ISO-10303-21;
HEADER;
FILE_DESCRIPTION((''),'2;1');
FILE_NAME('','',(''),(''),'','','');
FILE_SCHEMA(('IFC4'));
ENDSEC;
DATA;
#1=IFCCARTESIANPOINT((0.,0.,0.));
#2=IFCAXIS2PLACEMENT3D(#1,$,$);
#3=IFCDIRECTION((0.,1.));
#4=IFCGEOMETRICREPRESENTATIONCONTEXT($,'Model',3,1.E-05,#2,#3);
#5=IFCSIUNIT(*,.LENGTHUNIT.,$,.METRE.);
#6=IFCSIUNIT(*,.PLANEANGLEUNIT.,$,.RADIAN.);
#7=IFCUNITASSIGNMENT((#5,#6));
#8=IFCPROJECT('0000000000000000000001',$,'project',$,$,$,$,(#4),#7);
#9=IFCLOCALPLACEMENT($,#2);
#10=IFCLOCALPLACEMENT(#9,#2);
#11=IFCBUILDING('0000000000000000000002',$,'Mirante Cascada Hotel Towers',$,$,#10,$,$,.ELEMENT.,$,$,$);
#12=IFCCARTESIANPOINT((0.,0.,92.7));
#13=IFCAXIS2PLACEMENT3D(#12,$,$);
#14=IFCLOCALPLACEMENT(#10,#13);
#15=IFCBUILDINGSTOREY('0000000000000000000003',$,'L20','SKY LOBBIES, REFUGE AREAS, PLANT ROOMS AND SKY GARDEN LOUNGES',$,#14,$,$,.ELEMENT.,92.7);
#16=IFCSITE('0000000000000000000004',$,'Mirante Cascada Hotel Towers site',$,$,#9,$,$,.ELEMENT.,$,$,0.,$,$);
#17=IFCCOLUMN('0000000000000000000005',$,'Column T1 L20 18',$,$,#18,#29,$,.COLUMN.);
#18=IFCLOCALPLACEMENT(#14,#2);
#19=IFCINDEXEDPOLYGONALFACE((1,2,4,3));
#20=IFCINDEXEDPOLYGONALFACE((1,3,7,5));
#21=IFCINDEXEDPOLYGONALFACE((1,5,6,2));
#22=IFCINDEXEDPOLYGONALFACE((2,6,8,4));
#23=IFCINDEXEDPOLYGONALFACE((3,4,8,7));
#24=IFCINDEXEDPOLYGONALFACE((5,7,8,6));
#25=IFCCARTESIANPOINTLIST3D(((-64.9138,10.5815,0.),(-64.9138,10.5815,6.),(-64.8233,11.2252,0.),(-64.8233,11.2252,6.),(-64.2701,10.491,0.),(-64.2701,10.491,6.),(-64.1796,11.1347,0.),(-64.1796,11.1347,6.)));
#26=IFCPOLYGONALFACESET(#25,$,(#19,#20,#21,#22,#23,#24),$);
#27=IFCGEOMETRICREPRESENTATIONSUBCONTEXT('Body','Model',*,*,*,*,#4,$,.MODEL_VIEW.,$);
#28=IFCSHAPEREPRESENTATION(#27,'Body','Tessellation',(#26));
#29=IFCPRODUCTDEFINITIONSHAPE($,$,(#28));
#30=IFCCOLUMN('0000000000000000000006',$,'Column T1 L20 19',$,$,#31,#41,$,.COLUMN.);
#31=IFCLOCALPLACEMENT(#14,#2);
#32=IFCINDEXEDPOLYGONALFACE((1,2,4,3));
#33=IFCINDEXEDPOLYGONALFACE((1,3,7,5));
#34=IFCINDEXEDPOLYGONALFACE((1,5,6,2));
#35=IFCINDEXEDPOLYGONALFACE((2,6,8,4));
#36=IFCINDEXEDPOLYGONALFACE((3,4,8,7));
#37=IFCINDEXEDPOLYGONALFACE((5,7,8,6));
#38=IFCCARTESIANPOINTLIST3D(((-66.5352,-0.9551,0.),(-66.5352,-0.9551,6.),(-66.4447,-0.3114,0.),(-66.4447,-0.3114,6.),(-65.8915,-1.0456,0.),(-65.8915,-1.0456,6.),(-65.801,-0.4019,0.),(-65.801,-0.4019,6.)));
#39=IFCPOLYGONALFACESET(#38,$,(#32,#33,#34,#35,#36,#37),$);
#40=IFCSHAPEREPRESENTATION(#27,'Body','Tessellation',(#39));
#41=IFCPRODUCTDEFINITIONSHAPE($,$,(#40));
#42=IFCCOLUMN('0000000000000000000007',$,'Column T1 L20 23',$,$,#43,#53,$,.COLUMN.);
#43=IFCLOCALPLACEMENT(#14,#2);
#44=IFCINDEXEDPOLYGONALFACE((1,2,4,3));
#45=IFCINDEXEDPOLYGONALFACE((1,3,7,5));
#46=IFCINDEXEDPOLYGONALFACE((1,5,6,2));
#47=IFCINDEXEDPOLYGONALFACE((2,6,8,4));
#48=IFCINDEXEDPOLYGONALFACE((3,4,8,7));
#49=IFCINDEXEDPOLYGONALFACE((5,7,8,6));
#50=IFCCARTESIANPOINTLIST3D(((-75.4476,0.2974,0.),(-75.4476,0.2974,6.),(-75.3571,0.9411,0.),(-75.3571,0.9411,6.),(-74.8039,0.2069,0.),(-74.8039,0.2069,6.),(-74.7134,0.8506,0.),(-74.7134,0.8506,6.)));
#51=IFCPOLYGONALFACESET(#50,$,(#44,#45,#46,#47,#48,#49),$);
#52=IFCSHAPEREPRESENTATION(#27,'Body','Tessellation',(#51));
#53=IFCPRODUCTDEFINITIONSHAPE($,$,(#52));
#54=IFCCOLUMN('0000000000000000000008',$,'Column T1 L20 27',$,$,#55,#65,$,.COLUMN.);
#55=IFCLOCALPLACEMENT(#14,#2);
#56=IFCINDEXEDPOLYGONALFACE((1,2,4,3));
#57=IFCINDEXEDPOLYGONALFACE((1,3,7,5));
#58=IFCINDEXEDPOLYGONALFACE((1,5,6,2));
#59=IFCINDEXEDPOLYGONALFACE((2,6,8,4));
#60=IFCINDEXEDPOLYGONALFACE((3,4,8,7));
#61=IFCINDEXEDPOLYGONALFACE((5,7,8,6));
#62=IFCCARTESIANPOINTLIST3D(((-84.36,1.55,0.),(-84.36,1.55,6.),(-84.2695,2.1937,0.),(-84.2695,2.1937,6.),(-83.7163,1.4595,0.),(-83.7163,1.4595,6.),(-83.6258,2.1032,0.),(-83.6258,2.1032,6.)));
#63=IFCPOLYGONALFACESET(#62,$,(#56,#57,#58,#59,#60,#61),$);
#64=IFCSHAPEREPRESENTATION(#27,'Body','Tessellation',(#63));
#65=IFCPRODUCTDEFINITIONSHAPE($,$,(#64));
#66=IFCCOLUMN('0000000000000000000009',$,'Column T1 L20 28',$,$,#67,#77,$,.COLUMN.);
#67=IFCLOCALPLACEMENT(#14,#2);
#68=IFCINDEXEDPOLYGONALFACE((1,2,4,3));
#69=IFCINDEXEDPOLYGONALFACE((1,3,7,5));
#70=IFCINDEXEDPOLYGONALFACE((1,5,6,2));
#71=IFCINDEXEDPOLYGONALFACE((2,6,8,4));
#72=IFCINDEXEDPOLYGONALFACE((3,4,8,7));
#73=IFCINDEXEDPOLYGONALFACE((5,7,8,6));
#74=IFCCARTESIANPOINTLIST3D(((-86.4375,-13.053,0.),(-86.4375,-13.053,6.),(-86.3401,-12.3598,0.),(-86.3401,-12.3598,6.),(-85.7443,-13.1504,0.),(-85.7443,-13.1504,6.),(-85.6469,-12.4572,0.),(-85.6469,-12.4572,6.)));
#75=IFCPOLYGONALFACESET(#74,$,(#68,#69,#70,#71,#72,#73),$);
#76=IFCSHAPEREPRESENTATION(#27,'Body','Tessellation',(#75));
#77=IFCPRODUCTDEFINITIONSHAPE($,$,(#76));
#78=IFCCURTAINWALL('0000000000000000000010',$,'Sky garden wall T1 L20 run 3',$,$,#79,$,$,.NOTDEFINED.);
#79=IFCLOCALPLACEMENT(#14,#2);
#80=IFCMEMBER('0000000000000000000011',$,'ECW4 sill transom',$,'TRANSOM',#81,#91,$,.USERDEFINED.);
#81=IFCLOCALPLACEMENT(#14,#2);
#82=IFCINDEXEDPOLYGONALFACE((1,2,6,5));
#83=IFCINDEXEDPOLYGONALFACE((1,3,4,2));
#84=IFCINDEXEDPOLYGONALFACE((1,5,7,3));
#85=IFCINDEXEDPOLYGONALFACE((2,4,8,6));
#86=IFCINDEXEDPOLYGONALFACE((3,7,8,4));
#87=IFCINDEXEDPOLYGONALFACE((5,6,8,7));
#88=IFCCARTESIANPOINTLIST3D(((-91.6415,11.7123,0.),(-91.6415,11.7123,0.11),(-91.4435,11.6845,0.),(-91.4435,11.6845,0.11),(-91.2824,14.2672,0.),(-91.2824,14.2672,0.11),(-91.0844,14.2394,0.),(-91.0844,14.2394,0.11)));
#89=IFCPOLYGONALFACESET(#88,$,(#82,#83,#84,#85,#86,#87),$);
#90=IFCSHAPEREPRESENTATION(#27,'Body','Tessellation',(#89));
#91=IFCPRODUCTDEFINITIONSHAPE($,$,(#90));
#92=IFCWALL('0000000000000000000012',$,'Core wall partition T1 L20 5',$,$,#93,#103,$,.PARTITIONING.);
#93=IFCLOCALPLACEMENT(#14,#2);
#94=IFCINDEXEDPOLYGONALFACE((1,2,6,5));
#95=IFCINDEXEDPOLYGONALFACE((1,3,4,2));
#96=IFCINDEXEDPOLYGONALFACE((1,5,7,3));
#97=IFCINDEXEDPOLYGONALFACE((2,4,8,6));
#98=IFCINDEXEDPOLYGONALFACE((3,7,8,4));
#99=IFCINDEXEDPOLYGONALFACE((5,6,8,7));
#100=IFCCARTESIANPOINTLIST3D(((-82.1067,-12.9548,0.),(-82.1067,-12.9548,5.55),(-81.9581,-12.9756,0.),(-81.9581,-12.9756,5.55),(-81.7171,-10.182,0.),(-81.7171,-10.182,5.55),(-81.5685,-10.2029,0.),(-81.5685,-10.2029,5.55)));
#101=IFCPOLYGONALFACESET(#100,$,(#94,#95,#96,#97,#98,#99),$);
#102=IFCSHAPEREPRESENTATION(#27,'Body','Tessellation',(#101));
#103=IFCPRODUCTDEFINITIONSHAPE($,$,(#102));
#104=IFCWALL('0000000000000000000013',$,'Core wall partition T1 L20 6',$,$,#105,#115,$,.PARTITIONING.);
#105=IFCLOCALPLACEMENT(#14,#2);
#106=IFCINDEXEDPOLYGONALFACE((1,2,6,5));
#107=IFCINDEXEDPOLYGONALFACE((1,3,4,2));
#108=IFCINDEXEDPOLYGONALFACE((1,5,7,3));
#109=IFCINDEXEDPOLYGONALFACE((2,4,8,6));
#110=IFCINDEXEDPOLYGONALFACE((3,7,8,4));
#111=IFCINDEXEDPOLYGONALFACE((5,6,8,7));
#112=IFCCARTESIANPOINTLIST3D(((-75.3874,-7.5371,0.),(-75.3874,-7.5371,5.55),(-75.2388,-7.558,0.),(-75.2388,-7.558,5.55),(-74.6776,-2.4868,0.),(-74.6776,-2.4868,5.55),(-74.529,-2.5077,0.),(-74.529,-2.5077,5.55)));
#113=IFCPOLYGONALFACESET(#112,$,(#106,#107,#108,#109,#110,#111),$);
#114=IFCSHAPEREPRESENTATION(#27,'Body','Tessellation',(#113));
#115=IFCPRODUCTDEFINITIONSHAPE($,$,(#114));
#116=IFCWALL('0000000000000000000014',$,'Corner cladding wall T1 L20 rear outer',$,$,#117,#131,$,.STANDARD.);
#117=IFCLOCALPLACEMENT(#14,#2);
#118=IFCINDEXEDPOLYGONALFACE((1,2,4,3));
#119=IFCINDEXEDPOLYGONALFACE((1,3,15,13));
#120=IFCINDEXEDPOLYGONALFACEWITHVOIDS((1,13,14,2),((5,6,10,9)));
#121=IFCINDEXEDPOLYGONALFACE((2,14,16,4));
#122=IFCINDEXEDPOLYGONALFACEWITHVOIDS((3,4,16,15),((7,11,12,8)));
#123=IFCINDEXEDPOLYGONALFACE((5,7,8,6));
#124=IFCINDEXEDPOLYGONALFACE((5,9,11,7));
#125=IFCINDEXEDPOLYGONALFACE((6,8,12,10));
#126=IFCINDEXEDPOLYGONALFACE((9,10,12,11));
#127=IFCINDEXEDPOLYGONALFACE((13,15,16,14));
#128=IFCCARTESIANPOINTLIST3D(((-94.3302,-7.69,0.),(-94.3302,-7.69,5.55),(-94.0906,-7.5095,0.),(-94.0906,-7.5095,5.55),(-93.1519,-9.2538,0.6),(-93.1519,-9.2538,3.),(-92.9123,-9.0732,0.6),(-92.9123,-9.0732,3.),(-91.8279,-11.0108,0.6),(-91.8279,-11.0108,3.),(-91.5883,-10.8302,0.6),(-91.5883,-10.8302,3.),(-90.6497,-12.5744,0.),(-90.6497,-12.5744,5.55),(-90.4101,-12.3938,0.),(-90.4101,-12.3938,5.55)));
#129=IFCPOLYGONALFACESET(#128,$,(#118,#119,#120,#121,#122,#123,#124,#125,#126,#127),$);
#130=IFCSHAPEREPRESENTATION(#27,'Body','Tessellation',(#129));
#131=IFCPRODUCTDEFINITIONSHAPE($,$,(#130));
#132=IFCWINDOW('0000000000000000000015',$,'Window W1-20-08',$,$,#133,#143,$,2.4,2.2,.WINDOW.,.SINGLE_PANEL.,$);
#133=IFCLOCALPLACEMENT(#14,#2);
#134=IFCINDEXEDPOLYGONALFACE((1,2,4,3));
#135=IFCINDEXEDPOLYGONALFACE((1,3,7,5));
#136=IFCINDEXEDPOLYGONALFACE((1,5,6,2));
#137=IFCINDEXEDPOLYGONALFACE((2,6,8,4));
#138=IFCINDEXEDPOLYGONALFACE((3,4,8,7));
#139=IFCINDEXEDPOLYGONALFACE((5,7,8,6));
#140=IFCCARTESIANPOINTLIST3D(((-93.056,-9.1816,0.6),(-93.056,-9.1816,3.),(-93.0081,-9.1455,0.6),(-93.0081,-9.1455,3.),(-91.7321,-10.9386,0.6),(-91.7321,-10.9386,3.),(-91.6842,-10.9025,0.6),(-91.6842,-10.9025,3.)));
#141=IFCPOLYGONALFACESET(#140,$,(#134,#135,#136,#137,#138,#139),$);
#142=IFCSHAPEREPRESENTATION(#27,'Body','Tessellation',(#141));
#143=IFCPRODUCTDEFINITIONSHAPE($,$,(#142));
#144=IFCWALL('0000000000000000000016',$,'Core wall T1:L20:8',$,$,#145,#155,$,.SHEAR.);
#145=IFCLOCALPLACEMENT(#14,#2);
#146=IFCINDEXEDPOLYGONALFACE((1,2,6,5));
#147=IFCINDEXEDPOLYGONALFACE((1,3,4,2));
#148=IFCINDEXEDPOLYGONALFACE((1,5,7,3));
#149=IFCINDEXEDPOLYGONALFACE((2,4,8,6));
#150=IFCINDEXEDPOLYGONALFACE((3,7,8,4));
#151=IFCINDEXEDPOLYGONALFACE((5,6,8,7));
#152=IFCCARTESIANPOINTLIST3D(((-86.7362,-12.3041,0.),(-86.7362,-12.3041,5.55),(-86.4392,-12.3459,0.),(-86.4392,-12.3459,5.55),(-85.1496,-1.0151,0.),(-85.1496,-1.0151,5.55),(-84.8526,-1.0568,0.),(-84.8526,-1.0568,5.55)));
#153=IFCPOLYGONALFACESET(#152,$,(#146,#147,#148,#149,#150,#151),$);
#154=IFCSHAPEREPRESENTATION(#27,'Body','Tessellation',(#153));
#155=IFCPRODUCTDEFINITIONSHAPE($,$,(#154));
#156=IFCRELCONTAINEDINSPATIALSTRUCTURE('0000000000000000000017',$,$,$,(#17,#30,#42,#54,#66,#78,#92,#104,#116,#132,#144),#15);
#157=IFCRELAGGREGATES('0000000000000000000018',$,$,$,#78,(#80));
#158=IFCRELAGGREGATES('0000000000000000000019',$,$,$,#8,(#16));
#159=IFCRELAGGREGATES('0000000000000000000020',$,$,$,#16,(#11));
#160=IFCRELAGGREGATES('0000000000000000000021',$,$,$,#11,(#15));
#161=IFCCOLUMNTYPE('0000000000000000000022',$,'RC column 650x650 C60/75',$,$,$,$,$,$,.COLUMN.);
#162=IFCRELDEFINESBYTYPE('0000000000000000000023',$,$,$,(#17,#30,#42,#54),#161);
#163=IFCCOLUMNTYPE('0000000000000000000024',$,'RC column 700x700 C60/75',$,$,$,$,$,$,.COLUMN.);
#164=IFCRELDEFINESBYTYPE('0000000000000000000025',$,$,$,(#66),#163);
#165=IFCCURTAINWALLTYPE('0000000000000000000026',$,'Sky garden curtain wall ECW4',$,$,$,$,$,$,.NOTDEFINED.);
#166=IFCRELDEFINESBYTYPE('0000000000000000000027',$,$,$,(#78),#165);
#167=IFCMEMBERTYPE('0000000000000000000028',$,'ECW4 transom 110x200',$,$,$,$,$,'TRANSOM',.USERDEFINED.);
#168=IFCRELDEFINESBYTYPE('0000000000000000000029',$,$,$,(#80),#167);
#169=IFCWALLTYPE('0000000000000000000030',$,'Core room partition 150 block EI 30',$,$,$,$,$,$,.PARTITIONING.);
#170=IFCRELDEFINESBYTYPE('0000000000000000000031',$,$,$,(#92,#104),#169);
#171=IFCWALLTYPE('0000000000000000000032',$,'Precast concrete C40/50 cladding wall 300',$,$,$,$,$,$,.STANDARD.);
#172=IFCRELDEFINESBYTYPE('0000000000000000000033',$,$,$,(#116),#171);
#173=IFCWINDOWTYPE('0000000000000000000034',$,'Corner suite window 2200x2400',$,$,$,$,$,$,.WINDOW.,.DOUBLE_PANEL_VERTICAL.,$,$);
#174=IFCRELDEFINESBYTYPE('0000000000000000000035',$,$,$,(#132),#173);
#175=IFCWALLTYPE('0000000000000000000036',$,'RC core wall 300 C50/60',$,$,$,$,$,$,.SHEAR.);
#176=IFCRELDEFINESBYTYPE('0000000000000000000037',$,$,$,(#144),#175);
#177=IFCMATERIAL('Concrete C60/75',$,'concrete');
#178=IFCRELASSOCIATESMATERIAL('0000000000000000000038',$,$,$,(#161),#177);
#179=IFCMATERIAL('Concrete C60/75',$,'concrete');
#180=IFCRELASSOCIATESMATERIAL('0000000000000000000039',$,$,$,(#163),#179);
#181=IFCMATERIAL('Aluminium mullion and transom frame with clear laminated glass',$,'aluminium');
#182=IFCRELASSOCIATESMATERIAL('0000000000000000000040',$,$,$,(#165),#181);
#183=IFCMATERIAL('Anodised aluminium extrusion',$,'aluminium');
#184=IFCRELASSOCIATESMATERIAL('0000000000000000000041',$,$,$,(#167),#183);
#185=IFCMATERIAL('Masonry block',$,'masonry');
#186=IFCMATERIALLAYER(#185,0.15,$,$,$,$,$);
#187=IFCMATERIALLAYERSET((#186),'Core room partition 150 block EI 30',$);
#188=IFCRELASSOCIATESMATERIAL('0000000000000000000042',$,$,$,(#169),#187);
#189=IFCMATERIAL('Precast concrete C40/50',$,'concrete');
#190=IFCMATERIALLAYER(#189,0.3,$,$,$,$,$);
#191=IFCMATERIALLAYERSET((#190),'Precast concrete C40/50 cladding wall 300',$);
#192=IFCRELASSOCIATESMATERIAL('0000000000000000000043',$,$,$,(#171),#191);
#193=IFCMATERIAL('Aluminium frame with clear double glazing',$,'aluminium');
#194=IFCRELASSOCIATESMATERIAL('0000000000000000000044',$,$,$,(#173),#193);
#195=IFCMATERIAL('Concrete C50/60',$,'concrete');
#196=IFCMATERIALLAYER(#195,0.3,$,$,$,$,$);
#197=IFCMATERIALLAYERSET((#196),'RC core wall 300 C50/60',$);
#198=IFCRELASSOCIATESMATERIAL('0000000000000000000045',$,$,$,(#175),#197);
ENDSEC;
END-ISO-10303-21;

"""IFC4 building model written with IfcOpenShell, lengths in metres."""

from ifc_helpers import new_model, si_unit, direction, frame, frame_2d, origin, origin_2d, place, context, subcontext, project, spatial, rectangle, extrude, material, layer, layer_set, material_profile, profile_set, type_object, element, fill, aggregate, save


model = new_model("IFC4")

# Units and contexts
model_context = context("Model", 3, precision=1e-05, world=origin(), true_north=direction((0.0, 1.0)))
body_context = subcontext(model_context, "Body", "Model", "MODEL_VIEW")
ifc_project = project(units=[si_unit("LENGTHUNIT", "METRE"), si_unit("PLANEANGLEUNIT", "RADIAN")], contexts=[model_context])

# Site, building, storey
site_placement = place(None, origin())
site = spatial("IfcSite", under=ifc_project, at=site_placement, Name="Mirante Cascada Hotel Towers site", CompositionType="ELEMENT", RefElevation=0.0)
building_placement = place(site_placement, origin())
building = spatial("IfcBuilding", under=site, at=building_placement, Name="Mirante Cascada Hotel Towers", CompositionType="ELEMENT")
storey_placement = place(building_placement, frame((0.0, 0.0, 92.7)))
storey = spatial("IfcBuildingStorey", under=building, at=storey_placement, Name="L20", Description="SKY LOBBIES, REFUGE AREAS, PLANT ROOMS AND SKY GARDEN LOUNGES", CompositionType="ELEMENT", Elevation=92.7)

# Columns
ifc_material_1 = material(Name="Concrete C60/75", Category="concrete")
ifc_material_profile_1 = material_profile(ifc_material_1, rectangle(XDim=0.65, YDim=0.65, at=origin_2d()), Name="RC column 650x650 C60/75")
ifc_profile_set_1 = profile_set([ifc_material_profile_1], Name="Concrete C60/75")
column_type_1 = type_object("IfcColumnType", Name="RC column 650x650 C60/75", PredefinedType="COLUMN", material=ifc_profile_set_1)
for number, where, z_axis, x_axis, name in (
    (1, (-64.5467, 10.8581, 0.0), (0.0, 0.0, 1.0), (-0.990268, 0.139173, 0.0), "Column T1 L20 18"),
    (2, (-66.1681, -0.6785, 0.0), (0.0, 0.0, 1.0), (-0.990268, 0.139173, 0.0), "Column T1 L20 19"),
    (3, (-75.0805, 0.574, 0.0), (0.0, 0.0, 1.0), (-0.990268, 0.139173, 0.0), "Column T1 L20 23"),
    (4, (-83.9929, 1.8266, 0.0), (0.0, 0.0, 1.0), (-0.990268, 0.139173, 0.0), "Column T1 L20 27"),
):
    element("IfcColumn", number, at=place(storey_placement, frame(where, z_axis=z_axis, x_axis=x_axis)), inside=storey, type_object=column_type_1, Name=name, PredefinedType="COLUMN", context=body_context, shape_type="SweptSolid", body=[
        extrude(rectangle(XDim=0.65, YDim=0.65, at=origin_2d()), origin(), (0.0, 0.0, 1.0), 6.0),
    ])
ifc_material_2 = material(Name="Concrete C60/75", Category="concrete")
ifc_material_profile_2 = material_profile(ifc_material_2, rectangle(XDim=0.7, YDim=0.7, at=origin_2d()), Name="RC column 700x700 C60/75")
ifc_profile_set_2 = profile_set([ifc_material_profile_2], Name="Concrete C60/75")
column_type_2 = type_object("IfcColumnType", Name="RC column 700x700 C60/75", PredefinedType="COLUMN", material=ifc_profile_set_2)
column_placement = place(storey_placement, frame((-86.0422, -12.7551, 0.0), z_axis=(0.0, 0.0, 1.0), x_axis=(-0.990268, 0.139173, 0.0)))
element("IfcColumn", 5, at=column_placement, inside=storey, type_object=column_type_2, Name="Column T1 L20 28", PredefinedType="COLUMN", context=body_context, shape_type="SweptSolid", body=[
    extrude(rectangle(XDim=0.7, YDim=0.7, at=origin_2d()), origin(), (0.0, 0.0, 1.0), 6.0),
])

# Curtain wall, member
ifc_material_3 = material(Name="Aluminium mullion and transom frame with clear laminated glass", Category="aluminium")
curtain_wall_type = type_object("IfcCurtainWallType", Name="Sky garden curtain wall ECW4", PredefinedType="NOTDEFINED", material=ifc_material_3)
curtain_wall_placement = place(storey_placement, origin())
curtain_wall = element("IfcCurtainWall", 6, at=curtain_wall_placement, inside=storey, type_object=curtain_wall_type, Name="Sky garden wall T1 L20 run 3", PredefinedType="NOTDEFINED")
ifc_material_4 = material(Name="Anodised aluminium extrusion", Category="aluminium")
ifc_material_profile_3 = material_profile(ifc_material_4, rectangle(XDim=0.2, YDim=0.11, at=origin_2d()), Name="ECW4 TRANSOM 110x200")
ifc_profile_set_3 = profile_set([ifc_material_profile_3], Name="Anodised aluminium extrusion")
member_type = type_object("IfcMemberType", Name="ECW4 transom 110x200", ElementType="TRANSOM", PredefinedType="USERDEFINED", material=ifc_profile_set_3)
member_placement = place(storey_placement, frame((-91.5425, 11.6984, 0.055), z_axis=(0.139185, 0.990266, 0.0), x_axis=(-0.990266, 0.139185, 0.0)))
member = element("IfcMember", 7, at=member_placement, type_object=member_type, Name="ECW4 sill transom", ObjectType="TRANSOM", PredefinedType="USERDEFINED", context=body_context, shape_type="SweptSolid", body=[
    extrude(rectangle(XDim=0.2, YDim=0.11, at=origin_2d()), origin(), (0.0, 0.0, 1.0), 2.58),
])
aggregate(curtain_wall, [member])

# Walls
ifc_material_5 = material(Name="Masonry block", Category="masonry")
ifc_layer_1 = layer(ifc_material_5, 0.15)
ifc_layer_set_1 = layer_set([ifc_layer_1], Name="Core room partition 150 block EI 30")
wall_type_1 = type_object("IfcWallType", Name="Core room partition 150 block EI 30", PredefinedType="PARTITIONING", material=ifc_layer_set_1)
wall_1_placement = place(storey_placement, frame((-82.0324, -12.9652, 0.0), z_axis=(0.0, 0.0, 1.0), x_axis=(0.139141, 0.990273, 0.0)))
element("IfcWall", 8, at=wall_1_placement, inside=storey, type_object=wall_type_1, Name="Core wall partition T1 L20 5", PredefinedType="PARTITIONING", context=body_context, shape_type="SweptSolid", body=[
    extrude(rectangle(XDim=2.8, YDim=0.15, at=frame_2d((1.4, 0.0))), origin(), (0.0, 0.0, 1.0), 5.55),
])
wall_2_placement = place(storey_placement, frame((-75.3131, -7.5476, 0.0), z_axis=(0.0, 0.0, 1.0), x_axis=(0.139178, 0.990267, 0.0)))
element("IfcWall", 9, at=wall_2_placement, inside=storey, type_object=wall_type_1, Name="Core wall partition T1 L20 6", PredefinedType="PARTITIONING", context=body_context, shape_type="SweptSolid", body=[
    extrude(rectangle(XDim=5.0999, YDim=0.15, at=frame_2d((2.55, 0.0))), origin(), (0.0, 0.0, 1.0), 5.55),
])

# Wall, opening, window
ifc_material_6 = material(Name="Precast concrete C40/50", Category="concrete")
ifc_layer_2 = layer(ifc_material_6, 0.3)
ifc_layer_set_2 = layer_set([ifc_layer_2], Name="Precast concrete C40/50 cladding wall 300")
wall_type_2 = type_object("IfcWallType", Name="Precast concrete C40/50 cladding wall 300", PredefinedType="STANDARD", material=ifc_layer_set_2)
wall_3_placement = place(storey_placement, frame((-90.5299, -12.4841, 0.0), z_axis=(0.0, 0.0, 1.0), x_axis=(-0.601806, 0.798642, 0.0)))
wall_3 = element("IfcWall", 10, at=wall_3_placement, inside=storey, type_object=wall_type_2, Name="Corner cladding wall T1 L20 rear outer", PredefinedType="STANDARD", context=body_context, shape_type="SweptSolid", body=[
    extrude(rectangle(XDim=6.1158, YDim=0.3, at=frame_2d((3.0579, 0.0))), origin(), (0.0, 0.0, 1.0), 5.55),
])
opening_1_placement = place(wall_3_placement, frame((1.9578, 0.0, 0.6)))
opening_1 = element("IfcOpeningElement", 11, at=opening_1_placement, cuts=wall_3, PredefinedType="OPENING", context=body_context, shape_type="SweptSolid", body=[
    extrude(rectangle(XDim=2.2, YDim=2.4, at=frame_2d((1.1, 1.2))), frame((0.0, 0.15, 0.0), z_axis=(0.0, -1.0, 0.0), x_axis=(1.0, 0.0, 0.0)), (0.0, 0.0, 1.0), 0.3),
])
ifc_material_7 = material(Name="Aluminium frame with clear double glazing", Category="aluminium")
window_type = type_object("IfcWindowType", Name="Corner suite window 2200x2400", PartitioningType="DOUBLE_PANEL_VERTICAL", PredefinedType="WINDOW", material=ifc_material_7)
window_placement = place(opening_1_placement, origin())
window = element("IfcWindow", 12, at=window_placement, inside=storey, type_object=window_type, Name="Window W1-20-08", OverallHeight=2.4, OverallWidth=2.2, PartitioningType="SINGLE_PANEL", PredefinedType="WINDOW", context=body_context, shape_type="SweptSolid", body=[
    extrude(rectangle(XDim=2.2, YDim=2.4, at=frame_2d((1.1, 1.2))), frame((0.0, 0.03, 0.0), z_axis=(0.0, -1.0, 0.0), x_axis=(1.0, 0.0, 0.0)), (0.0, 0.0, 1.0), 0.06),
])
fill(opening_1, window)

# Wall
ifc_material_8 = material(Name="Concrete C50/60", Category="concrete")
ifc_layer_3 = layer(ifc_material_8, 0.3)
ifc_layer_set_3 = layer_set([ifc_layer_3], Name="RC core wall 300 C50/60")
wall_type_3 = type_object("IfcWallType", Name="RC core wall 300 C50/60", PredefinedType="SHEAR", material=ifc_layer_set_3)
wall_4_placement = place(storey_placement, frame((-86.5877, -12.325, 0.0), z_axis=(0.0, 0.0, 1.0), x_axis=(0.139175, 0.990268, 0.0)))
element("IfcWall", 13, at=wall_4_placement, inside=storey, type_object=wall_type_3, Name="Core wall T1:L20:8", PredefinedType="SHEAR", context=body_context, shape_type="SweptSolid", body=[
    extrude(rectangle(XDim=11.4, YDim=0.3, at=frame_2d((5.7, 0.0))), origin(), (0.0, 0.0, 1.0), 5.55),
])

save(model, "model.ifc")
